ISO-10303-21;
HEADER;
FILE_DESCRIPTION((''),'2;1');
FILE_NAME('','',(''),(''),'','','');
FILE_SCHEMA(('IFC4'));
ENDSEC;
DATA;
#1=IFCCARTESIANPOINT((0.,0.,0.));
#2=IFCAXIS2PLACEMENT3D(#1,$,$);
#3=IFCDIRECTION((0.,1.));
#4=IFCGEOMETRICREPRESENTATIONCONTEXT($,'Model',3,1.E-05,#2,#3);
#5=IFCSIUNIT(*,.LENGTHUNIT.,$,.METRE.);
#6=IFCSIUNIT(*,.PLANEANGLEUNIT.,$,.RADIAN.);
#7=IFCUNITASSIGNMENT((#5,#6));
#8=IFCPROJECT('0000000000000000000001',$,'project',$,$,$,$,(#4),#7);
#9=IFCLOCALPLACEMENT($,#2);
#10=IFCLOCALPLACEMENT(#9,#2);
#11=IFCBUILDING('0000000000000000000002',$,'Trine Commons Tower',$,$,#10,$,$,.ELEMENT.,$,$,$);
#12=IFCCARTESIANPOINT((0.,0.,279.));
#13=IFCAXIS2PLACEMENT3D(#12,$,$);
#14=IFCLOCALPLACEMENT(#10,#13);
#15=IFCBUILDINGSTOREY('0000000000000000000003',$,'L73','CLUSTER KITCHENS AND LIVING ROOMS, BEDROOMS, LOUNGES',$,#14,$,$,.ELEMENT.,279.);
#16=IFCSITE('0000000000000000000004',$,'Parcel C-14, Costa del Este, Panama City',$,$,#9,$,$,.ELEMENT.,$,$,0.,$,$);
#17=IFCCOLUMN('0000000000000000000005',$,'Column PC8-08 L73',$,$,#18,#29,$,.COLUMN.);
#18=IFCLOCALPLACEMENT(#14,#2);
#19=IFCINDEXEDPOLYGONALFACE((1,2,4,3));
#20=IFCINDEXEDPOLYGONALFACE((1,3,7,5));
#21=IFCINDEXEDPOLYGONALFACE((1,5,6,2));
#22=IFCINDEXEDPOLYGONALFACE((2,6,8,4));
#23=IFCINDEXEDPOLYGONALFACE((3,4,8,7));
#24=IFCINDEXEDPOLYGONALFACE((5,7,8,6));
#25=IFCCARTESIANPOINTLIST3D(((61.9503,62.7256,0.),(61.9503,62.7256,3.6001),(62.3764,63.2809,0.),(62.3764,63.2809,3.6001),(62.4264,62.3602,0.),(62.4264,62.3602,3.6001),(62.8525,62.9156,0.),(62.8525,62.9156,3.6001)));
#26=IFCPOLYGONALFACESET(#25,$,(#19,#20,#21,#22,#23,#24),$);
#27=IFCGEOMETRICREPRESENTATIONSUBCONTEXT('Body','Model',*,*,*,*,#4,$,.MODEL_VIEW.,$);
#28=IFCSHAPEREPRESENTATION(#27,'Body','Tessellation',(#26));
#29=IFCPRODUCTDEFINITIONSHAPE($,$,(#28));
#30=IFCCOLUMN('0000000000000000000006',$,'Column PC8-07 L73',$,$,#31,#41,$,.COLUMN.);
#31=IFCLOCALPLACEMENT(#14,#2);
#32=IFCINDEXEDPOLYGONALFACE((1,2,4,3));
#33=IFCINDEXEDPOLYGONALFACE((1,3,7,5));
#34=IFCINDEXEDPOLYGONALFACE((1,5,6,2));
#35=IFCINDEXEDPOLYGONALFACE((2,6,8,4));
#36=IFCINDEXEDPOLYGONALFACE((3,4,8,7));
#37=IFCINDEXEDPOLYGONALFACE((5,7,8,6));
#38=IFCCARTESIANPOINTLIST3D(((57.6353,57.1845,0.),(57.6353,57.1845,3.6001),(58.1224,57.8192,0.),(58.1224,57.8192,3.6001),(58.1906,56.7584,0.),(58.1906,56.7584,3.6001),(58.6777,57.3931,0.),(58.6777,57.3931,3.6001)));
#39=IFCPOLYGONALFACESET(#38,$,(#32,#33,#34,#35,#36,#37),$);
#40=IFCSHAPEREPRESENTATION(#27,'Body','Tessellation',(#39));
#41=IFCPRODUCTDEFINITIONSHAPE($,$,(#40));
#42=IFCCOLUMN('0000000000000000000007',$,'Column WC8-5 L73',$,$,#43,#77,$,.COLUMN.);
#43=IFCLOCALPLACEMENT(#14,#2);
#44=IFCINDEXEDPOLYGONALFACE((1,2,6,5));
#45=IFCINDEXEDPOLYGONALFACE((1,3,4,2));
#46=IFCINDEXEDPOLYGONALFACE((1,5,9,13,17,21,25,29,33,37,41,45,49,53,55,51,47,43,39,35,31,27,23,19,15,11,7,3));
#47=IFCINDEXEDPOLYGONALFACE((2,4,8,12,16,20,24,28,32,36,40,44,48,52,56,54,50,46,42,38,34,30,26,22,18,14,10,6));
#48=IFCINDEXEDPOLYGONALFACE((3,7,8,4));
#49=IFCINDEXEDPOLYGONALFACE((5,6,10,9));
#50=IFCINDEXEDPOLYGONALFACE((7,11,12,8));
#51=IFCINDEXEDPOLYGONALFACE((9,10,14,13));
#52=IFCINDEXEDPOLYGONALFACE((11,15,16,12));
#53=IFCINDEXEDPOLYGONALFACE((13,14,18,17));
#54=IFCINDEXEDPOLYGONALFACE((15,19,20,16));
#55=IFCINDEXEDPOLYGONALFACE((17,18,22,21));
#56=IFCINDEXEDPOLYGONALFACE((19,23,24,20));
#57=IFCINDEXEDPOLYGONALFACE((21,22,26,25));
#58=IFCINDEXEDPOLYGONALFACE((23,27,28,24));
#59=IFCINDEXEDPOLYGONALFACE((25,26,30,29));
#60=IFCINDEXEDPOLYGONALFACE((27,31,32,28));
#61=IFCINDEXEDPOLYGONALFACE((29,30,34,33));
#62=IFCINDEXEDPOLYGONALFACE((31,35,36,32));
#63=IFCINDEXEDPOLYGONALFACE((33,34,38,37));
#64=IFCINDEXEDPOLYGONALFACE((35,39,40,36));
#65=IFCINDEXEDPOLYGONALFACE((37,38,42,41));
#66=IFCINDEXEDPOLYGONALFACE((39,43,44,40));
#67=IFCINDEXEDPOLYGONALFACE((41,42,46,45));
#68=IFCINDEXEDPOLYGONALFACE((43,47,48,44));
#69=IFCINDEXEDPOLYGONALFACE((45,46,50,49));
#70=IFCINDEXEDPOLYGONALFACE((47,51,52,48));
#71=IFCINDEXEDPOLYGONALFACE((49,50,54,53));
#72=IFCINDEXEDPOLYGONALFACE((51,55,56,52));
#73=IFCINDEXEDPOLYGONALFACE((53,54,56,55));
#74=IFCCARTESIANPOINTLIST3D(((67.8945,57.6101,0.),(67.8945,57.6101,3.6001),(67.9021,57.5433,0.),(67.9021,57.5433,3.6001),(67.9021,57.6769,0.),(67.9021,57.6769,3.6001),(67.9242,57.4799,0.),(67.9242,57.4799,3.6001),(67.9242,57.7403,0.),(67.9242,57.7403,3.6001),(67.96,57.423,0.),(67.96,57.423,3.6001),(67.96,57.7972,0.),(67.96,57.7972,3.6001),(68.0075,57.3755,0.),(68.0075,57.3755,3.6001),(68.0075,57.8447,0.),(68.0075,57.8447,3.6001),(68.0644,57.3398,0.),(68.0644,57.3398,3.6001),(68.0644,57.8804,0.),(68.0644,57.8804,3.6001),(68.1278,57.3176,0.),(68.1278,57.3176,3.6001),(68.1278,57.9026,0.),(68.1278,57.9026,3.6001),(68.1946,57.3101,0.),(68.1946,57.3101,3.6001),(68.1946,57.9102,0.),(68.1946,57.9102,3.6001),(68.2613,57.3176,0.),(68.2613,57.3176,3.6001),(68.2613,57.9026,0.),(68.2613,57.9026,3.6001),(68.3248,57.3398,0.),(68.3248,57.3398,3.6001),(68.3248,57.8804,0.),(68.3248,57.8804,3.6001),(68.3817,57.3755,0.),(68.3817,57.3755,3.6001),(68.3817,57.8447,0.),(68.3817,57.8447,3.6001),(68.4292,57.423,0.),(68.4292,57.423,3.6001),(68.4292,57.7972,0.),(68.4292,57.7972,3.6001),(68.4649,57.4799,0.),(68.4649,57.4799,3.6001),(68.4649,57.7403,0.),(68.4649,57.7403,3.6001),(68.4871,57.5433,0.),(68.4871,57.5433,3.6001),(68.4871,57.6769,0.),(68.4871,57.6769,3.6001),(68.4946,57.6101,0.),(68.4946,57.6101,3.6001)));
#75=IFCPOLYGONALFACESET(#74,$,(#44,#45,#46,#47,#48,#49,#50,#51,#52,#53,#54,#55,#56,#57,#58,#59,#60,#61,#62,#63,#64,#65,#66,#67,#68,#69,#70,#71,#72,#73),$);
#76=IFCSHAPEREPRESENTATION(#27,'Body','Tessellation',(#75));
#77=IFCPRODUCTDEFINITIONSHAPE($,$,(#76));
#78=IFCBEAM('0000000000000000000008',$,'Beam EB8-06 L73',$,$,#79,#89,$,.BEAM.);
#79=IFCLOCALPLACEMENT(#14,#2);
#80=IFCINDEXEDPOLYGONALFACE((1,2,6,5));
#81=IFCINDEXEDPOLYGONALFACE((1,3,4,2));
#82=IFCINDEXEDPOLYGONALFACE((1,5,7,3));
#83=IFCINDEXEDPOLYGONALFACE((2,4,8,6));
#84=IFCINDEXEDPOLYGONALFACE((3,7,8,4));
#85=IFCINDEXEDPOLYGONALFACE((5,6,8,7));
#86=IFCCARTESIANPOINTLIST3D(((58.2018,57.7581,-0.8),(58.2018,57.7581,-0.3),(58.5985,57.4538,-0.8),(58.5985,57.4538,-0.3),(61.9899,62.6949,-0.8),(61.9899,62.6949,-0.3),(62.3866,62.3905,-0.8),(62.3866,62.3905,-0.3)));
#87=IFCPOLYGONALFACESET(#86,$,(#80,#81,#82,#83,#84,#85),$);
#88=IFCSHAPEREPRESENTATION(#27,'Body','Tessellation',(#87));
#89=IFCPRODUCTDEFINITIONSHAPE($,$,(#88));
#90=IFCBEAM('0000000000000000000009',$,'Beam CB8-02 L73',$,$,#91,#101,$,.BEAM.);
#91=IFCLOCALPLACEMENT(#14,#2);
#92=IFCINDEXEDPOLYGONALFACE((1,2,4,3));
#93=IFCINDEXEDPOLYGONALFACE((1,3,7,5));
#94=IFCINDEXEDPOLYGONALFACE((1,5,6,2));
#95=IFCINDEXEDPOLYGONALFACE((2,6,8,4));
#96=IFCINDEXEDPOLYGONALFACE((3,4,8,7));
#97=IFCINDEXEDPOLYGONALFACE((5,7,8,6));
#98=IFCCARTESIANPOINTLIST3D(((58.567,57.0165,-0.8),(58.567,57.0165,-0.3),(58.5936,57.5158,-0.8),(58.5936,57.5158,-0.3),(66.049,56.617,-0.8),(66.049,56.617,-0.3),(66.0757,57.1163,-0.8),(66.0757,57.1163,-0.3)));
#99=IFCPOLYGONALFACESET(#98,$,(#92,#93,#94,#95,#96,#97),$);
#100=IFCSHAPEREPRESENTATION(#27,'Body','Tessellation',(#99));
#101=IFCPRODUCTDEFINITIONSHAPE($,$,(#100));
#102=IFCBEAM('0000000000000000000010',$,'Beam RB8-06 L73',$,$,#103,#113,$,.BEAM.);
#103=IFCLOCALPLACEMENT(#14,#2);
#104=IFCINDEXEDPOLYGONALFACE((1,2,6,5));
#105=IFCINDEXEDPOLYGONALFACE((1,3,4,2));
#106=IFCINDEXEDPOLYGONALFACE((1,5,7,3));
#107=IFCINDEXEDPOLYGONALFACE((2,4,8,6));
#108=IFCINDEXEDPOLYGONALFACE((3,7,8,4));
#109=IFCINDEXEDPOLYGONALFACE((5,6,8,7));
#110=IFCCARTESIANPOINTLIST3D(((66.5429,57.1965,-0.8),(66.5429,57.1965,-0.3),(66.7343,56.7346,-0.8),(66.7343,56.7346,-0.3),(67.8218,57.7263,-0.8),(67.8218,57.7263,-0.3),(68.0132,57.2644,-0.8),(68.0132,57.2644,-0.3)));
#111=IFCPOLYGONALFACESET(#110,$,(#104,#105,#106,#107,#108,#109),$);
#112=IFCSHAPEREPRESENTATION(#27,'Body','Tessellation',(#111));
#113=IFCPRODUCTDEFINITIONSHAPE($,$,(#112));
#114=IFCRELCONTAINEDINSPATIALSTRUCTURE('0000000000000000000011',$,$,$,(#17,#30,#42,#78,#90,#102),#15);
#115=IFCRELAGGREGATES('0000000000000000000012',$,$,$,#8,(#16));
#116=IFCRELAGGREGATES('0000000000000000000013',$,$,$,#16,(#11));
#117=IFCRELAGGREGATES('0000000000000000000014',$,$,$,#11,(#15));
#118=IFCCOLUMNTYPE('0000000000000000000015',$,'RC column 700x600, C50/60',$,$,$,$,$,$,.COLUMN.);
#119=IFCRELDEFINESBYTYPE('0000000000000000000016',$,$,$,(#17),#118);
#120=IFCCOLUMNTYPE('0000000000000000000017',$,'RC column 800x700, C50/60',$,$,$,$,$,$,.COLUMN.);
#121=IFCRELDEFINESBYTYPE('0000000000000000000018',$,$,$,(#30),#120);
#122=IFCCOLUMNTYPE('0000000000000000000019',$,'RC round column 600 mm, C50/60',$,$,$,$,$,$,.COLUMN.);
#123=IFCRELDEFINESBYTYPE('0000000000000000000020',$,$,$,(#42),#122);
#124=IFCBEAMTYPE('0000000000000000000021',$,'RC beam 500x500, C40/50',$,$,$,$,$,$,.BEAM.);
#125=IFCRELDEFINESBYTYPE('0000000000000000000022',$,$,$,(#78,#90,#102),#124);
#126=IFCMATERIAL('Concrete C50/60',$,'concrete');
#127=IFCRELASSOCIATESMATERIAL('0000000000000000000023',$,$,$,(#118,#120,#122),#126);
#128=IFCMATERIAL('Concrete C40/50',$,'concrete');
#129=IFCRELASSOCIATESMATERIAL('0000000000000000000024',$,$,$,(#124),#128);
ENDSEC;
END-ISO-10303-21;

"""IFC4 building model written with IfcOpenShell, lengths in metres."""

from ifc_helpers import new_model, si_unit, direction, frame, origin, origin_2d, place, context, subcontext, project, spatial, rectangle, circle, extrude, material, material_profile, profile_set, type_object, element, save


model = new_model("IFC4")

# Units and contexts
model_context = context("Model", 3, precision=1e-05, world=origin(), true_north=direction((0.0, 1.0)))
body_context = subcontext(model_context, "Body", "Model", "MODEL_VIEW")
ifc_project = project(units=[si_unit("LENGTHUNIT", "METRE"), si_unit("PLANEANGLEUNIT", "RADIAN")], contexts=[model_context])

# Site, building, storey
site_placement = place(None, origin())
site = spatial("IfcSite", under=ifc_project, at=site_placement, Name="Parcel C-14, Costa del Este, Panama City", CompositionType="ELEMENT", RefElevation=0.0)
building_placement = place(site_placement, origin())
building = spatial("IfcBuilding", under=site, at=building_placement, Name="Trine Commons Tower", CompositionType="ELEMENT")
storey_placement = place(building_placement, frame((0.0, 0.0, 279.0)))
storey = spatial("IfcBuildingStorey", under=building, at=storey_placement, Name="L73", Description="CLUSTER KITCHENS AND LIVING ROOMS, BEDROOMS, LOUNGES", CompositionType="ELEMENT", Elevation=279.0)

# Columns
ifc_material_1 = material(Name="Concrete C50/60", Category="concrete")
ifc_material_profile_1 = material_profile(ifc_material_1, rectangle(XDim=0.7, YDim=0.6001, at=origin_2d()), Name="RC 700x600")
ifc_profile_set_1 = profile_set([ifc_material_profile_1], Name="Concrete C50/60")
column_type_1 = type_object("IfcColumnType", Name="RC column 700x600, C50/60", PredefinedType="COLUMN", material=ifc_profile_set_1)
column_1_placement = place(storey_placement, frame((62.4014, 62.8206, 0.0), z_axis=(0.0, 0.0, 1.0), x_axis=(0.608761, 0.793353, 0.0)))
element("IfcColumn", 1, at=column_1_placement, inside=storey, type_object=column_type_1, Name="Column PC8-08 L73", PredefinedType="COLUMN", context=body_context, shape_type="SweptSolid", body=[
    extrude(rectangle(XDim=0.7, YDim=0.6001, at=origin_2d()), origin(), (0.0, 0.0, 1.0), 3.6001),
])
ifc_material_profile_2 = material_profile(ifc_material_1, rectangle(XDim=0.8, YDim=0.7, at=origin_2d()), Name="RC 800x700")
ifc_profile_set_2 = profile_set([ifc_material_profile_2], Name="Concrete C50/60")
column_type_2 = type_object("IfcColumnType", Name="RC column 800x700, C50/60", PredefinedType="COLUMN", material=ifc_profile_set_2)
column_2_placement = place(storey_placement, frame((58.1565, 57.2888, 0.0), z_axis=(0.0, 0.0, 1.0), x_axis=(0.608761, 0.793353, 0.0)))
element("IfcColumn", 2, at=column_2_placement, inside=storey, type_object=column_type_2, Name="Column PC8-07 L73", PredefinedType="COLUMN", context=body_context, shape_type="SweptSolid", body=[
    extrude(rectangle(XDim=0.8, YDim=0.7, at=origin_2d()), origin(), (0.0, 0.0, 1.0), 3.6001),
])
ifc_material_profile_3 = material_profile(ifc_material_1, circle(Radius=0.3, at=origin_2d()), Name="RC round 600")
ifc_profile_set_3 = profile_set([ifc_material_profile_3], Name="Concrete C50/60")
column_type_3 = type_object("IfcColumnType", Name="RC round column 600 mm, C50/60", PredefinedType="COLUMN", material=ifc_profile_set_3)
column_3_placement = place(storey_placement, frame((68.1946, 57.6101, 0.0), z_axis=(0.0, 0.0, 1.0), x_axis=(1.0, 0.0, 0.0)))
element("IfcColumn", 3, at=column_3_placement, inside=storey, type_object=column_type_3, Name="Column WC8-5 L73", PredefinedType="COLUMN", context=body_context, shape_type="SweptSolid", body=[
    extrude(circle(Radius=0.3, at=origin_2d()), origin(), (0.0, 0.0, 1.0), 3.6001),
])

# Beams
ifc_material_2 = material(Name="Concrete C40/50", Category="concrete")
ifc_material_profile_4 = material_profile(ifc_material_2, rectangle(XDim=0.5, YDim=0.5, at=origin_2d()), Name="RC 500x500")
ifc_profile_set_4 = profile_set([ifc_material_profile_4], Name="Concrete C40/50")
beam_type = type_object("IfcBeamType", Name="RC beam 500x500, C40/50", PredefinedType="BEAM", material=ifc_profile_set_4)
beam_1_placement = place(storey_placement, frame((58.4001, 57.606, -0.55), z_axis=(0.608758, 0.793356, 0.0), x_axis=(-0.793356, 0.608758, 0.0)))
element("IfcBeam", 4, at=beam_1_placement, inside=storey, type_object=beam_type, Name="Beam EB8-06 L73", PredefinedType="BEAM", context=body_context, shape_type="SweptSolid", body=[
    extrude(rectangle(XDim=0.5, YDim=0.5, at=origin_2d()), origin(), (0.0, 0.0, 1.0), 6.2227),
])
beam_2_placement = place(storey_placement, frame((58.5803, 57.2661, -0.55), z_axis=(0.998578, -0.053308, 0.0), x_axis=(0.053308, 0.998578, 0.0)))
element("IfcBeam", 5, at=beam_2_placement, inside=storey, type_object=beam_type, Name="Beam CB8-02 L73", PredefinedType="BEAM", context=body_context, shape_type="SweptSolid", body=[
    extrude(rectangle(XDim=0.5, YDim=0.5, at=origin_2d()), origin(), (0.0, 0.0, 1.0), 7.4927),
])
beam_3_placement = place(storey_placement, frame((67.9175, 57.4954, -0.55), z_axis=(-0.923858, -0.382736, 0.0), x_axis=(0.382736, -0.923858, 0.0)))
element("IfcBeam", 6, at=beam_3_placement, inside=storey, type_object=beam_type, Name="Beam RB8-06 L73", PredefinedType="BEAM", context=body_context, shape_type="SweptSolid", body=[
    extrude(rectangle(XDim=0.5, YDim=0.5, at=origin_2d()), origin(), (0.0, 0.0, 1.0), 1.3843),
])

save(model, "model.ifc")
